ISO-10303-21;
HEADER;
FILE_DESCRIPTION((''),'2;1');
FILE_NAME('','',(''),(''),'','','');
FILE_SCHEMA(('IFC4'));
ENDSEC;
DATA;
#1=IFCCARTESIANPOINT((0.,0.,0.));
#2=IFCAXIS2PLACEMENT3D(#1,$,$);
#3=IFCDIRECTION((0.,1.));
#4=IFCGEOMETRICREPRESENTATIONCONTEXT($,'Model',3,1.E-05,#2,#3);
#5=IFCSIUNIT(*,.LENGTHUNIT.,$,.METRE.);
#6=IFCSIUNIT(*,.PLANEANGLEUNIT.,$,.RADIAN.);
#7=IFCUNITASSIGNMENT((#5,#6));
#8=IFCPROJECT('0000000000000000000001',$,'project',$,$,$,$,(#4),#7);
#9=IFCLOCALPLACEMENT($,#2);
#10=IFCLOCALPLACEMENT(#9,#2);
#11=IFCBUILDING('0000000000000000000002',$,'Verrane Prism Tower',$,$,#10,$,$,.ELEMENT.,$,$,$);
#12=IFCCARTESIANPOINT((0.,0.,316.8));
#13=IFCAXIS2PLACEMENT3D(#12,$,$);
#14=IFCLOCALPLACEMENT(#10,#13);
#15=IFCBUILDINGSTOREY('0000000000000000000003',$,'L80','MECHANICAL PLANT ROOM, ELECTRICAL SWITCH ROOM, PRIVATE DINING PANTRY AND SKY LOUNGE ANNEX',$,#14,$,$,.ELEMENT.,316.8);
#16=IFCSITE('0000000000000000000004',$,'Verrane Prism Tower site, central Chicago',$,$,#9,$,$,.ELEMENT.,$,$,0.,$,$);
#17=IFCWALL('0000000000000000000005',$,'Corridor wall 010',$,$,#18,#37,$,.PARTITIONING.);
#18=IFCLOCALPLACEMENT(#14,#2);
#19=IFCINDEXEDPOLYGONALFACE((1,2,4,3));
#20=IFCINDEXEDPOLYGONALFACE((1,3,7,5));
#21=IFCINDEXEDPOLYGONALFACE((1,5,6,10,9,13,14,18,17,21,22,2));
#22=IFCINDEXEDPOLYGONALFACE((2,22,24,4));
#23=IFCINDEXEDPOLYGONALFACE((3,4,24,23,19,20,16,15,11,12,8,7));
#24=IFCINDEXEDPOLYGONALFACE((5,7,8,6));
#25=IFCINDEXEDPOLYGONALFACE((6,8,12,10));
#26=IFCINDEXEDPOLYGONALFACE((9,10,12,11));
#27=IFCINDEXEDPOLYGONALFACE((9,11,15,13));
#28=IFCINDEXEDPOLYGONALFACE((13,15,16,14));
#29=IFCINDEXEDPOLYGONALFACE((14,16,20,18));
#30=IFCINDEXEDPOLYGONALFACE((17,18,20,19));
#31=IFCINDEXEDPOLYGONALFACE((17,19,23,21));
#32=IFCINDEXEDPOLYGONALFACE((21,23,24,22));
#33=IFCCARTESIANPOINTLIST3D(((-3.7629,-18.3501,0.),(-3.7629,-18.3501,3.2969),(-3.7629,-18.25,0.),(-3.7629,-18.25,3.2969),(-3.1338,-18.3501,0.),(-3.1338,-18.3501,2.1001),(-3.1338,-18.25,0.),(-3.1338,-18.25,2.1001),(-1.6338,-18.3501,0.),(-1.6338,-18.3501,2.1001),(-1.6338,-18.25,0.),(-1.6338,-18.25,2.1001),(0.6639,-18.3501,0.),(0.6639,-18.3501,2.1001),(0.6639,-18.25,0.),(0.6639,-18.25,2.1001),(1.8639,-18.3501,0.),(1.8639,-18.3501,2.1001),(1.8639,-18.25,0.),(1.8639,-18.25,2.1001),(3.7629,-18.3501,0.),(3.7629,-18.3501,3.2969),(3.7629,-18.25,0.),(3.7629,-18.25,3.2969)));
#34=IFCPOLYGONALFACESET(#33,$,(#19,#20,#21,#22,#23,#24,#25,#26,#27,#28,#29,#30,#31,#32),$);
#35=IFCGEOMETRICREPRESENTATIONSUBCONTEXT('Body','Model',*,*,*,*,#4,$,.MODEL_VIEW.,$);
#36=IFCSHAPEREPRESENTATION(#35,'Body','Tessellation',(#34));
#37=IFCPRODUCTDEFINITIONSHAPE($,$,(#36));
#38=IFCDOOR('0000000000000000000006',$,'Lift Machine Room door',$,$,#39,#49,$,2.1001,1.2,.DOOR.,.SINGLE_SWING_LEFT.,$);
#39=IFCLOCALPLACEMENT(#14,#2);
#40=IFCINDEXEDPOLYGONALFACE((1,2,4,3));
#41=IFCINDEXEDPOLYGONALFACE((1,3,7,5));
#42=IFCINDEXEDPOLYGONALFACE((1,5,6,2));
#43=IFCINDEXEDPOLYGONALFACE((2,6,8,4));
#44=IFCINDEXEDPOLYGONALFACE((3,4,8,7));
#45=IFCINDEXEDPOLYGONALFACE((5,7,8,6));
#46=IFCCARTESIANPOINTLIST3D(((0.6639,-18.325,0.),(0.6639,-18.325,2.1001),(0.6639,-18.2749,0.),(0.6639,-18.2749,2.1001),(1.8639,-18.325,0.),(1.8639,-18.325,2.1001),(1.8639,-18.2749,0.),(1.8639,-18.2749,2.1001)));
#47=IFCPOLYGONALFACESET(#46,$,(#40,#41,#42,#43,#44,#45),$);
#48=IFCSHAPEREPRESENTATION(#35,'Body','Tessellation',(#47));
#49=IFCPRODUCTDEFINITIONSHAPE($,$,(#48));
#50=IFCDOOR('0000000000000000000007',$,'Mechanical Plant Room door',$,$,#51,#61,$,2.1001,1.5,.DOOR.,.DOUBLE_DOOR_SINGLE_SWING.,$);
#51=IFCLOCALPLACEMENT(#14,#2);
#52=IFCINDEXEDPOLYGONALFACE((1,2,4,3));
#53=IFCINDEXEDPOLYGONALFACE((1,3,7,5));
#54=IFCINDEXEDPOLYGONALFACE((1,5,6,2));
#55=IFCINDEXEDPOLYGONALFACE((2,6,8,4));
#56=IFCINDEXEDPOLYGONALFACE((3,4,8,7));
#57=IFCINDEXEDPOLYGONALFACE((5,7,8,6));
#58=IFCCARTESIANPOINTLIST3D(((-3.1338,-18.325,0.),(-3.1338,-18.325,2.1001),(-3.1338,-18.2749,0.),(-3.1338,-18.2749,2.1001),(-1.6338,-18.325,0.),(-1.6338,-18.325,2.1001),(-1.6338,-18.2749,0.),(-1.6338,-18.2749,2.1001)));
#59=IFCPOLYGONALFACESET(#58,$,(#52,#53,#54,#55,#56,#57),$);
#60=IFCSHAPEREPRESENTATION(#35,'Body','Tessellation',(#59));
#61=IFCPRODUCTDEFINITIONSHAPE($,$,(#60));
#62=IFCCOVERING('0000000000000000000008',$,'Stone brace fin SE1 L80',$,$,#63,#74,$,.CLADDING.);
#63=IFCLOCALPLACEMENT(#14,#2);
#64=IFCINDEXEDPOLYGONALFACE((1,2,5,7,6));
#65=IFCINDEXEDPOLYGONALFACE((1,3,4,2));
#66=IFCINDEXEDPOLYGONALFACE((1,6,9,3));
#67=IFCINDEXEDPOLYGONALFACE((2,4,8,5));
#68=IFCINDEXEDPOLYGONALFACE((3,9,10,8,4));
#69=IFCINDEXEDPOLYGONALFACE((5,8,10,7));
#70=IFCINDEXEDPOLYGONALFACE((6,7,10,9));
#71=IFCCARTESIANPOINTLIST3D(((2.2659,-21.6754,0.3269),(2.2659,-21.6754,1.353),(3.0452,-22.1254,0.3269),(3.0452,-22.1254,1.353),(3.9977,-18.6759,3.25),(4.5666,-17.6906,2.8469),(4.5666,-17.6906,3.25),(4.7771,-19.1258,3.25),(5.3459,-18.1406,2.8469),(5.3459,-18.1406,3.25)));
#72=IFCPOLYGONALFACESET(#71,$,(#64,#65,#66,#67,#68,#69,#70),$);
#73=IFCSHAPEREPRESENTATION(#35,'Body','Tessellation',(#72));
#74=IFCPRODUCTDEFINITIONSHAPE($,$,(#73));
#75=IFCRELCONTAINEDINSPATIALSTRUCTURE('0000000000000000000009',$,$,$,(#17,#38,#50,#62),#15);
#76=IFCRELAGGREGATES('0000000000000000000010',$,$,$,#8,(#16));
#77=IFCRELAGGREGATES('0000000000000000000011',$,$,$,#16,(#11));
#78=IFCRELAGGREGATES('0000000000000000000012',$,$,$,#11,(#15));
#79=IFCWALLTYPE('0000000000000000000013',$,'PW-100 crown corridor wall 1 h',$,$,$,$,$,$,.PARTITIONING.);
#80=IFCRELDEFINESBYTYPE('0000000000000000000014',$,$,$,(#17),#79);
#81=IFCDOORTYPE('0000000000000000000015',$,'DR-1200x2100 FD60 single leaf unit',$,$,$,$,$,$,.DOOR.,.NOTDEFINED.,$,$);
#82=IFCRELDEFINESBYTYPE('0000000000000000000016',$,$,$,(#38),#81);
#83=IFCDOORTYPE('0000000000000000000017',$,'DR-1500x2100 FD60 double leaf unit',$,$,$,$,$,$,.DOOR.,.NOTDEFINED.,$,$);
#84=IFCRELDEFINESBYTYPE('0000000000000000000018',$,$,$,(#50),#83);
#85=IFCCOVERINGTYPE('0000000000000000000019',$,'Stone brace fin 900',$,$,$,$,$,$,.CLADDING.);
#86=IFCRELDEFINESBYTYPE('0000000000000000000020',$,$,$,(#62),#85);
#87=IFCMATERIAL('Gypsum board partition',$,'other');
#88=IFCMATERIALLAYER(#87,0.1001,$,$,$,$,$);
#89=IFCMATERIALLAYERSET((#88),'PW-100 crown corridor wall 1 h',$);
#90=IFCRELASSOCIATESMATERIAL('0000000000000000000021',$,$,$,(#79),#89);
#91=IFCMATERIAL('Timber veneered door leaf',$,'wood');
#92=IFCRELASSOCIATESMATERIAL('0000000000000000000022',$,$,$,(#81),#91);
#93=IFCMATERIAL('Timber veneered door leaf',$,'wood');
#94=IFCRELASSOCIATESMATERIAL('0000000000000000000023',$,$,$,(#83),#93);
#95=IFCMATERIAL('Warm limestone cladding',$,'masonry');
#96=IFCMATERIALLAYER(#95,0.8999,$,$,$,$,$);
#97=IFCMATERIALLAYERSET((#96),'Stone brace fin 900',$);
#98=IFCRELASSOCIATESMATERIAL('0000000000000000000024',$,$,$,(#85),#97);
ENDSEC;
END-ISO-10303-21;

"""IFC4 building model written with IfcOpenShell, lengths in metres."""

from ifc_helpers import new_model, si_unit, direction, frame, frame_2d, origin, place, context, subcontext, project, spatial, polyline, rectangle, outline, extrude, material, layer, layer_set, type_object, element, fill, save


model = new_model("IFC4")

# Units and contexts
model_context = context("Model", 3, precision=1e-05, world=origin(), true_north=direction((0.0, 1.0)))
body_context = subcontext(model_context, "Body", "Model", "MODEL_VIEW")
ifc_project = project(units=[si_unit("LENGTHUNIT", "METRE"), si_unit("PLANEANGLEUNIT", "RADIAN")], contexts=[model_context])

# Site, building, storey
site_placement = place(None, origin())
site = spatial("IfcSite", under=ifc_project, at=site_placement, Name="Verrane Prism Tower site, central Chicago", CompositionType="ELEMENT", RefElevation=0.0)
building_placement = place(site_placement, origin())
building = spatial("IfcBuilding", under=site, at=building_placement, Name="Verrane Prism Tower", CompositionType="ELEMENT")
storey_placement = place(building_placement, frame((0.0, 0.0, 316.8)))
storey = spatial("IfcBuildingStorey", under=building, at=storey_placement, Name="L80", Description="MECHANICAL PLANT ROOM, ELECTRICAL SWITCH ROOM, PRIVATE DINING PANTRY AND SKY LOUNGE ANNEX", CompositionType="ELEMENT", Elevation=316.8)

# Wall, openings, doors
ifc_material_1 = material(Name="Gypsum board partition", Category="other")
ifc_layer_1 = layer(ifc_material_1, 0.1001)
ifc_layer_set_1 = layer_set([ifc_layer_1], Name="PW-100 crown corridor wall 1 h")
wall_type = type_object("IfcWallType", Name="PW-100 crown corridor wall 1 h", PredefinedType="PARTITIONING", material=ifc_layer_set_1)
wall_placement = place(storey_placement, frame((3.7629, -18.3, 0.0), z_axis=(0.0, 0.0, 1.0), x_axis=(-1.0, 0.0, 0.0)))
wall = element("IfcWall", 1, at=wall_placement, inside=storey, type_object=wall_type, Name="Corridor wall 010", PredefinedType="PARTITIONING", context=body_context, shape_type="SweptSolid", body=[
    extrude(rectangle(XDim=7.5259, YDim=0.1001, at=frame_2d((3.7629, 0.0))), origin(), (0.0, 0.0, 1.0), 3.2969),
])
opening_1_placement = place(wall_placement, frame((1.8989, 0.0, 0.0)))
opening_1 = element("IfcOpeningElement", 2, at=opening_1_placement, cuts=wall, PredefinedType="OPENING", context=body_context, shape_type="SweptSolid", body=[
    extrude(rectangle(XDim=1.2, YDim=2.1001, at=frame_2d((0.6001, 1.05))), frame((0.0, 0.0601, 0.0), z_axis=(0.0, -1.0, 0.0), x_axis=(1.0, 0.0, 0.0)), (0.0, 0.0, 1.0), 0.1201),
])
opening_2_placement = place(wall_placement, frame((5.3967, 0.0, 0.0)))
opening_2 = element("IfcOpeningElement", 3, at=opening_2_placement, cuts=wall, PredefinedType="OPENING", context=body_context, shape_type="SweptSolid", body=[
    extrude(rectangle(XDim=1.5, YDim=2.1001, at=frame_2d((0.75, 1.05))), frame((0.0, 0.0601, 0.0), z_axis=(0.0, -1.0, 0.0), x_axis=(1.0, 0.0, 0.0)), (0.0, 0.0, 1.0), 0.1201),
])
ifc_material_2 = material(Name="Timber veneered door leaf", Category="wood")
door_type_1 = type_object("IfcDoorType", Name="DR-1200x2100 FD60 single leaf unit", OperationType="NOTDEFINED", PredefinedType="DOOR", material=ifc_material_2)
door_1_placement = place(opening_1_placement, origin())
door_1 = element("IfcDoor", 4, at=door_1_placement, inside=storey, type_object=door_type_1, Name="Lift Machine Room door", OperationType="SINGLE_SWING_LEFT", OverallHeight=2.1001, OverallWidth=1.2, PredefinedType="DOOR", context=body_context, shape_type="SweptSolid", body=[
    extrude(rectangle(XDim=1.2, YDim=2.1001, at=frame_2d((0.6001, 1.05))), frame((0.0, 0.0249, 0.0), z_axis=(0.0, -1.0, 0.0), x_axis=(1.0, 0.0, 0.0)), (0.0, 0.0, 1.0), 0.05),
])
fill(opening_1, door_1)
ifc_material_3 = material(Name="Timber veneered door leaf", Category="wood")
door_type_2 = type_object("IfcDoorType", Name="DR-1500x2100 FD60 double leaf unit", OperationType="NOTDEFINED", PredefinedType="DOOR", material=ifc_material_3)
door_2_placement = place(opening_2_placement, origin())
door_2 = element("IfcDoor", 5, at=door_2_placement, inside=storey, type_object=door_type_2, Name="Mechanical Plant Room door", OperationType="DOUBLE_DOOR_SINGLE_SWING", OverallHeight=2.1001, OverallWidth=1.5, PredefinedType="DOOR", context=body_context, shape_type="SweptSolid", body=[
    extrude(rectangle(XDim=1.5, YDim=2.1001, at=frame_2d((0.75, 1.05))), frame((0.0, 0.0249, 0.0), z_axis=(0.0, -1.0, 0.0), x_axis=(1.0, 0.0, 0.0)), (0.0, 0.0, 1.0), 0.05),
])
fill(opening_2, door_2)

# Covering
ifc_material_4 = material(Name="Warm limestone cladding", Category="masonry")
ifc_layer_2 = layer(ifc_material_4, 0.8999)
ifc_layer_set_2 = layer_set([ifc_layer_2], Name="Stone brace fin 900")
covering_type = type_object("IfcCoveringType", Name="Stone brace fin 900", PredefinedType="CLADDING", material=ifc_layer_set_2)
covering_placement = place(storey_placement, frame((2.6555, -21.9004, 0.3269), z_axis=(0.0, 0.0, 1.0), x_axis=(0.500019, 0.866014, 0.0)))
element("IfcCovering", 6, at=covering_placement, inside=storey, type_object=covering_type, Name="Stone brace fin SE1 L80", PredefinedType="CLADDING", context=body_context, shape_type="SweptSolid", body=[
    extrude(outline(polyline([(4.6013, 2.9231), (3.4636, 2.9231), (0.0, 1.0261), (0.0, 0.0), (4.6013, 2.52), (4.6013, 2.9231)])), frame((0.0, 0.45, 0.0), z_axis=(0.0, -1.0, 0.0), x_axis=(1.0, 0.0, 0.0)), (0.0, 0.0, 1.0), 0.8999),
])

save(model, "model.ifc")
